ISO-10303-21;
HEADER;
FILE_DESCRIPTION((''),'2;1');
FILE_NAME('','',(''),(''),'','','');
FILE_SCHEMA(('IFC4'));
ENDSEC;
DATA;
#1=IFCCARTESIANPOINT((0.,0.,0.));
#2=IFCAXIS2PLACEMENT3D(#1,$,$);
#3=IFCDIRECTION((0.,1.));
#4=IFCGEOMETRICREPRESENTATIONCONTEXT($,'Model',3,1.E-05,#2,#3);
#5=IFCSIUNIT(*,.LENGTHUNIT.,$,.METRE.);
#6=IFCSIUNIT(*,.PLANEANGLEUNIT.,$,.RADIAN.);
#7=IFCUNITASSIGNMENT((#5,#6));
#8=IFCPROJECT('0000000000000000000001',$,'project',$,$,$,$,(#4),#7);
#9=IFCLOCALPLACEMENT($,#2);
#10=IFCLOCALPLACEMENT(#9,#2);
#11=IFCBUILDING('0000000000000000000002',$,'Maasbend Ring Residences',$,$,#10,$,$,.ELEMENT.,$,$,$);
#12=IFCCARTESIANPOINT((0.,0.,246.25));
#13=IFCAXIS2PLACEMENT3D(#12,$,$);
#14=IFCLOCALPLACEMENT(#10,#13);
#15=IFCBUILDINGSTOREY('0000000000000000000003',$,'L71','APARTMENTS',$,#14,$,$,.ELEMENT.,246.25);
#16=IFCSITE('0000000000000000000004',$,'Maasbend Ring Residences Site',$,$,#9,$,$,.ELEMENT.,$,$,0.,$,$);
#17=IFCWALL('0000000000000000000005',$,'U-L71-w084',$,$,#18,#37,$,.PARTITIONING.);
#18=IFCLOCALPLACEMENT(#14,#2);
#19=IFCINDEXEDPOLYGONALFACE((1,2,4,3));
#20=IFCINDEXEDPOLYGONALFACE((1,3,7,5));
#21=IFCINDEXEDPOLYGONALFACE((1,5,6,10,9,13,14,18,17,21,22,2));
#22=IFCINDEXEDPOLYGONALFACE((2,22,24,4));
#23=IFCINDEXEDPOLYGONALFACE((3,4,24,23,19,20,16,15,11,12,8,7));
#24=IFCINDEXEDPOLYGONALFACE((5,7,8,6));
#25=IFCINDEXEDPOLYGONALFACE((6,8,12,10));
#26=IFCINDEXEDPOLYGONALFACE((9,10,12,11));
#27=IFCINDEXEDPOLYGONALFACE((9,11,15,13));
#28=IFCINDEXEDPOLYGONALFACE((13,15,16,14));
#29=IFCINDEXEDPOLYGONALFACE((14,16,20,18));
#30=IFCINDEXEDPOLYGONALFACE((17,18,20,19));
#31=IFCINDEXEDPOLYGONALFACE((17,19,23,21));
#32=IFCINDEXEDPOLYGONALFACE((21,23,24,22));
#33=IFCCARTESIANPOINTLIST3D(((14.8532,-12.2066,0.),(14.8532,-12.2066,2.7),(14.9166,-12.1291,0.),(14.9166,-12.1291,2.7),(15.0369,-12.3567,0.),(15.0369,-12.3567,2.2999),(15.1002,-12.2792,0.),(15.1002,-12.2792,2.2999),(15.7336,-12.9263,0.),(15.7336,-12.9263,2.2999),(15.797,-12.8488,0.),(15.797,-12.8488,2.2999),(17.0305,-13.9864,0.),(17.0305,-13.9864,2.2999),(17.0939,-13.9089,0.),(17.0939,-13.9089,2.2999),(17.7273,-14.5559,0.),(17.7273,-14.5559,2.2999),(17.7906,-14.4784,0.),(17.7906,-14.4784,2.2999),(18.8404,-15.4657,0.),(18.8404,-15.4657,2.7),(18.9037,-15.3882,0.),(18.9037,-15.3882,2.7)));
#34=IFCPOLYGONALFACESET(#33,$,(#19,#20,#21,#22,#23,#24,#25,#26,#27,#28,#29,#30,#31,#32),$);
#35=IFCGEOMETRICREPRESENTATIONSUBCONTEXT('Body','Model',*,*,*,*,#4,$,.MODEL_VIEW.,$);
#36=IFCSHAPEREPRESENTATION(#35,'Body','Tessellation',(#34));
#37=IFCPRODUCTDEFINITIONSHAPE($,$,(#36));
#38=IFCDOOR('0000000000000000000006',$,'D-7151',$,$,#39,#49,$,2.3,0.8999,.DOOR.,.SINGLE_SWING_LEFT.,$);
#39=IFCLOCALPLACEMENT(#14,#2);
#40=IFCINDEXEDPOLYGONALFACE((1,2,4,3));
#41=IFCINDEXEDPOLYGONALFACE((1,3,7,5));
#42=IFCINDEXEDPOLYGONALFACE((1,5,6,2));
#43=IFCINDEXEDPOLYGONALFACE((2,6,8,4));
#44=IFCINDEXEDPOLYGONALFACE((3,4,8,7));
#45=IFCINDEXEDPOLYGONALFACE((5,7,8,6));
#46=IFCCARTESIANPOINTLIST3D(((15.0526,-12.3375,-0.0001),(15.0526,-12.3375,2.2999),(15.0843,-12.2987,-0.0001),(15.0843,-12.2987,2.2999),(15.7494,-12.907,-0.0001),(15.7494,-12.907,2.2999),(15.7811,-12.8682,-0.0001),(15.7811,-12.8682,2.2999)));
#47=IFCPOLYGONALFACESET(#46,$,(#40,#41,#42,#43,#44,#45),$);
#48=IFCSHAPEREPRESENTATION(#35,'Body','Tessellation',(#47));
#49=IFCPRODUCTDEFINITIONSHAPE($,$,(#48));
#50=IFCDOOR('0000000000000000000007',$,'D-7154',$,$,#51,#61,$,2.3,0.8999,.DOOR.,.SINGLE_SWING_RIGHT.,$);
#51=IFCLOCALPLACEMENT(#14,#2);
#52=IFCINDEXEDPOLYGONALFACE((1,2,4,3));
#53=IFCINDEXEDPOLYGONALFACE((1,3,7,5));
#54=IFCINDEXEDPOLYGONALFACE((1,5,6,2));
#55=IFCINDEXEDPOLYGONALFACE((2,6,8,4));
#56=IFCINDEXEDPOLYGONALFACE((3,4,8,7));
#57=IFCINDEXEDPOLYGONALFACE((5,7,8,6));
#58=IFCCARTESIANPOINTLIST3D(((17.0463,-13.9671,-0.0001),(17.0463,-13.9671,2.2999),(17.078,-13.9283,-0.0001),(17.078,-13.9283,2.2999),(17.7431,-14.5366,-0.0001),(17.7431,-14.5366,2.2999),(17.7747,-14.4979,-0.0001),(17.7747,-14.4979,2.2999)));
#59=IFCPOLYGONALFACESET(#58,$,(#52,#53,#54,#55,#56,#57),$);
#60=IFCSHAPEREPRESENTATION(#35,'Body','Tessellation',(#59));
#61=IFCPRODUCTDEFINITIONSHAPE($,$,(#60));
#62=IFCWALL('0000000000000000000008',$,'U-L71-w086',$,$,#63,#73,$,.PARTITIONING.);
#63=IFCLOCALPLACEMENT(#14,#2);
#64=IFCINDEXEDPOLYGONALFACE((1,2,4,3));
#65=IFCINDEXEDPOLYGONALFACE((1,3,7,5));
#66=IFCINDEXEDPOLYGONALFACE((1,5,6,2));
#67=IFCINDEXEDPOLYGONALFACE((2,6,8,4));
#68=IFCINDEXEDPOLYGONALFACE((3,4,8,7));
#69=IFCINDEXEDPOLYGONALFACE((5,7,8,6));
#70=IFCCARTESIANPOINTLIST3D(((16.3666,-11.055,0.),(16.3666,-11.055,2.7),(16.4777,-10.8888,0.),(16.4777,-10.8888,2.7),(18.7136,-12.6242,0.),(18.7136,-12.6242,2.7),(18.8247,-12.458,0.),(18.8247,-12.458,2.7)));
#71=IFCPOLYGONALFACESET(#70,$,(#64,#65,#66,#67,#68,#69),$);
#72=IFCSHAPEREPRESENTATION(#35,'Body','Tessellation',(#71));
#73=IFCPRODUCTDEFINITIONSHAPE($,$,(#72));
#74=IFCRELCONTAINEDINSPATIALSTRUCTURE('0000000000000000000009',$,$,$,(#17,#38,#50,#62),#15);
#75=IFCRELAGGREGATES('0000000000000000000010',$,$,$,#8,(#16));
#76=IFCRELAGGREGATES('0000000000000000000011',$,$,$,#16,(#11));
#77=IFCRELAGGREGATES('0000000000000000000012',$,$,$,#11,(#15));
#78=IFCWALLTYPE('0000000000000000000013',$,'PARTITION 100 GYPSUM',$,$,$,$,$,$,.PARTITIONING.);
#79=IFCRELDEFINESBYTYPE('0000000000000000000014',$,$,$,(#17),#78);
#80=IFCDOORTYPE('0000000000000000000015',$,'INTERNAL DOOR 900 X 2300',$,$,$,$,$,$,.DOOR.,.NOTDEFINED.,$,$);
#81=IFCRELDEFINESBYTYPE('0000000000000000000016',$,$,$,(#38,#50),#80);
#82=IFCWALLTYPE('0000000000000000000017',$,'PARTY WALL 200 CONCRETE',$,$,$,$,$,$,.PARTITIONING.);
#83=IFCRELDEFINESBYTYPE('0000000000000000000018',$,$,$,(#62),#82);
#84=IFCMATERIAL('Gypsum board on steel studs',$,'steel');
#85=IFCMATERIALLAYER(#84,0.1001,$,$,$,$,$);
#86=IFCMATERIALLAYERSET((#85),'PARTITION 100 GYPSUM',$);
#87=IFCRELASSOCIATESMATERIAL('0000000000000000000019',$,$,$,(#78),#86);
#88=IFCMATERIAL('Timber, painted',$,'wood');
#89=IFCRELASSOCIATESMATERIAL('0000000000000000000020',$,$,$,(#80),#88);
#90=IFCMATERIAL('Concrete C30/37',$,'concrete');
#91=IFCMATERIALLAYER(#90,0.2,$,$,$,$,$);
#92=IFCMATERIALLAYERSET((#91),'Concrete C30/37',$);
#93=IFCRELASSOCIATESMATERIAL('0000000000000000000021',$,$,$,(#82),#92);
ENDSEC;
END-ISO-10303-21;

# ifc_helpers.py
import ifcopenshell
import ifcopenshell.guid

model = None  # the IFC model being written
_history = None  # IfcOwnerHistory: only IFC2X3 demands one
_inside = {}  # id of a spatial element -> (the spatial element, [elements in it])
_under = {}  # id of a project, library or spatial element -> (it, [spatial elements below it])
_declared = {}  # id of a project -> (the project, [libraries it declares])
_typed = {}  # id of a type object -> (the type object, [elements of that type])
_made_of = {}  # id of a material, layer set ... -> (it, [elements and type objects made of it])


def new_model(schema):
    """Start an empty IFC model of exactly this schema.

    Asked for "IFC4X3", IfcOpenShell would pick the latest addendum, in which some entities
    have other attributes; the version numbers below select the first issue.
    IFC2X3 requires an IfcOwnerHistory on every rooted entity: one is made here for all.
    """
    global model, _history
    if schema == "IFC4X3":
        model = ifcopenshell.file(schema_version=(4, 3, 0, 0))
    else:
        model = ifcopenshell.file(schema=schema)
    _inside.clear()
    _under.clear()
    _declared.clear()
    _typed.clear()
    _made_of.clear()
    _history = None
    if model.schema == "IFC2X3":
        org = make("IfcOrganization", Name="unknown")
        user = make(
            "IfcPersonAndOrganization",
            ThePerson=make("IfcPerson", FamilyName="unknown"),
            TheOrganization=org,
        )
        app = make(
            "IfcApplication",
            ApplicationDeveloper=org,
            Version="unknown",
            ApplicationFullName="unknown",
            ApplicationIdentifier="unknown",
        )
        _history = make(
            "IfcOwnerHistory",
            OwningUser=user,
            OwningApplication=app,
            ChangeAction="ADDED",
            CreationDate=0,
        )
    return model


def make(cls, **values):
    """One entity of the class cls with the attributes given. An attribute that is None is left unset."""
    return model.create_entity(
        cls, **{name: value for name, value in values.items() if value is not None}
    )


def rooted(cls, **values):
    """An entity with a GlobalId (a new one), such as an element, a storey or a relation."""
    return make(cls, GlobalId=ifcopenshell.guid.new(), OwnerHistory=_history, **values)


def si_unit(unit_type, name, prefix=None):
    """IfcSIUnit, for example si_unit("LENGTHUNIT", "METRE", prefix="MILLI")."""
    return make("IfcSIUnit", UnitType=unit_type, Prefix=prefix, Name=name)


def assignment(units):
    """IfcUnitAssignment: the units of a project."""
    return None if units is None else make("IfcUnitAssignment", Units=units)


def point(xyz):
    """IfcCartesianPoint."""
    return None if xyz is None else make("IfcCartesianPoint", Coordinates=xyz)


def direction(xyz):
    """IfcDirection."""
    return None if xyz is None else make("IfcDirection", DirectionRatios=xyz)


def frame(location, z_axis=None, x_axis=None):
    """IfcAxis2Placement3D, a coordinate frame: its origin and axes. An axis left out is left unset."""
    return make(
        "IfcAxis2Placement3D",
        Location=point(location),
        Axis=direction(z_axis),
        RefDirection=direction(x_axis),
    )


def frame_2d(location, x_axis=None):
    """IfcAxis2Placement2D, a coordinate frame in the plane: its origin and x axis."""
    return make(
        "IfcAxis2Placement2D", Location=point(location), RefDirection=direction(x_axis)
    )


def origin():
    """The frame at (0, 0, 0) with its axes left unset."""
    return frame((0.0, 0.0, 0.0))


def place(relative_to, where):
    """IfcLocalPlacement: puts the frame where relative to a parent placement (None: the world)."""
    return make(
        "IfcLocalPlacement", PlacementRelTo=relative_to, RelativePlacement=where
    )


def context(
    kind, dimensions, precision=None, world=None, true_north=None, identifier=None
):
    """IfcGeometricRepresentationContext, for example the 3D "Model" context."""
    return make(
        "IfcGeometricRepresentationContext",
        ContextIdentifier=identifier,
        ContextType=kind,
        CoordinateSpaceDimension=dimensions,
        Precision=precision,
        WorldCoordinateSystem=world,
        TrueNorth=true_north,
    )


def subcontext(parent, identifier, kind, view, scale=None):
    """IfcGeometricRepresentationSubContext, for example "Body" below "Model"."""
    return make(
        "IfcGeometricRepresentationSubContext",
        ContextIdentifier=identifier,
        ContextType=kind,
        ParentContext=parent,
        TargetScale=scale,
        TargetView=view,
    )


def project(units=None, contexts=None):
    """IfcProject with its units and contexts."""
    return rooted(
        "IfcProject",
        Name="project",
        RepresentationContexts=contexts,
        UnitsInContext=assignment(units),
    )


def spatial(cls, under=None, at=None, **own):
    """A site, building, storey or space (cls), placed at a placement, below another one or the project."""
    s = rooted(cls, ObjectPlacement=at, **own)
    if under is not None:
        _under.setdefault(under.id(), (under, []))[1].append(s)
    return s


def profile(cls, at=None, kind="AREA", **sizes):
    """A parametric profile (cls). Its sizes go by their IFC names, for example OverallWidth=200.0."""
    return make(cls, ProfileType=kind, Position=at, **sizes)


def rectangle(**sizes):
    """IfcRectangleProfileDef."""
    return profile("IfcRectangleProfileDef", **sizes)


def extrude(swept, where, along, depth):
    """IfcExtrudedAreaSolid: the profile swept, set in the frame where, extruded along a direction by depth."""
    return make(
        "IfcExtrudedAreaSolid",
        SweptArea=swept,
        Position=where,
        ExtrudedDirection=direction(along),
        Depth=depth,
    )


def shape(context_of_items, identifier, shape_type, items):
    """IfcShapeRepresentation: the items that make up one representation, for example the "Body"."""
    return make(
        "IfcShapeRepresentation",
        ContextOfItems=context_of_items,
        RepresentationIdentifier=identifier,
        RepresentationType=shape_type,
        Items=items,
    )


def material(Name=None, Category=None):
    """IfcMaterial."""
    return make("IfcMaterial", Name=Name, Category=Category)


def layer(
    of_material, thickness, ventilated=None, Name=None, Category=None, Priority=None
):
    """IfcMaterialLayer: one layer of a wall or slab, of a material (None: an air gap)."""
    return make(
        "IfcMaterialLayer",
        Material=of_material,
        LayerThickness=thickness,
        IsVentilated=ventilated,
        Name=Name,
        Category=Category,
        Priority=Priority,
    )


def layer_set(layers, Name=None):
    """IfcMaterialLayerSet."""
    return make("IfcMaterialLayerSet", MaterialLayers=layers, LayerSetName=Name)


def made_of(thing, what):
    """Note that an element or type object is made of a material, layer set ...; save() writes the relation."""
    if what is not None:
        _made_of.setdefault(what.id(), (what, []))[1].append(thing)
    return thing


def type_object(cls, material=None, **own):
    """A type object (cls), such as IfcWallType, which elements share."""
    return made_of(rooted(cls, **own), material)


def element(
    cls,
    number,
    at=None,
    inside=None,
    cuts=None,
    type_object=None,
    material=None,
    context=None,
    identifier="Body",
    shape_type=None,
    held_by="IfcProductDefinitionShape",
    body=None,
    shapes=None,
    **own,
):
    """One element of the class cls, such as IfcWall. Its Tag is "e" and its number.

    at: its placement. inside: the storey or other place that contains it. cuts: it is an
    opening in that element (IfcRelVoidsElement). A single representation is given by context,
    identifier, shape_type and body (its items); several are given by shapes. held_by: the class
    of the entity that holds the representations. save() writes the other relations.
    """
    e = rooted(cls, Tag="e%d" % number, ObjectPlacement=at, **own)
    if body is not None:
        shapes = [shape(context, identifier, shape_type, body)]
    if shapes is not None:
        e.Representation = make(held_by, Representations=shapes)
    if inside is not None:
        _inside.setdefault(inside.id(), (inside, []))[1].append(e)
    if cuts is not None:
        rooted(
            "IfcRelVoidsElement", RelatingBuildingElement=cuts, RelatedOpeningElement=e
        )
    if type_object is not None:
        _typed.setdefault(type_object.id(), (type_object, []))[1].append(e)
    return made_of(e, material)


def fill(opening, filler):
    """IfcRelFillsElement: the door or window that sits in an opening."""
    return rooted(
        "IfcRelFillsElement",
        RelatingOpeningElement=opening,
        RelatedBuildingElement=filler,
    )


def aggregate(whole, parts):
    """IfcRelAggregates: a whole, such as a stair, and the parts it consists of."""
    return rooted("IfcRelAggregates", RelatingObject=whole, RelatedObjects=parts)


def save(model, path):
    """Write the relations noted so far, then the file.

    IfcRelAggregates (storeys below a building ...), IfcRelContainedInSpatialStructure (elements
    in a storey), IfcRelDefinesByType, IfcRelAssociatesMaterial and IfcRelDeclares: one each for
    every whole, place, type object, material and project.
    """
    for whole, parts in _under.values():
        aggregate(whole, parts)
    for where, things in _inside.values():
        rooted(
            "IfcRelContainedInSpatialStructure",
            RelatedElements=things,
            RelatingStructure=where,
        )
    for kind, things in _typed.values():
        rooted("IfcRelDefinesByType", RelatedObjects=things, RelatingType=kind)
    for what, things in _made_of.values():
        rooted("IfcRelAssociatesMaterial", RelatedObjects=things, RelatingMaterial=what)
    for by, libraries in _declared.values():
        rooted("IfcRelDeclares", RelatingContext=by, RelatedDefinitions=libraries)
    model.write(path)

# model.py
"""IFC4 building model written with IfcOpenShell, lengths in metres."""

from ifc_helpers import new_model, si_unit, direction, frame, frame_2d, origin, place, context, subcontext, project, spatial, rectangle, extrude, material, layer, layer_set, type_object, element, fill, save


model = new_model("IFC4")

# Units and contexts
model_context = context("Model", 3, precision=1e-05, world=origin(), true_north=direction((0.0, 1.0)))
body_context = subcontext(model_context, "Body", "Model", "MODEL_VIEW")
ifc_project = project(units=[si_unit("LENGTHUNIT", "METRE"), si_unit("PLANEANGLEUNIT", "RADIAN")], contexts=[model_context])

# Site, building, storey
site_placement = place(None, origin())
site = spatial("IfcSite", under=ifc_project, at=site_placement, Name="Maasbend Ring Residences Site", CompositionType="ELEMENT", RefElevation=0.0)
building_placement = place(site_placement, origin())
building = spatial("IfcBuilding", under=site, at=building_placement, Name="Maasbend Ring Residences", CompositionType="ELEMENT")
storey_placement = place(building_placement, frame((0.0, 0.0, 246.25)))
storey = spatial("IfcBuildingStorey", under=building, at=storey_placement, Name="L71", Description="APARTMENTS", CompositionType="ELEMENT", Elevation=246.25)

# Shared definitions
ifc_material_1 = material(Name="Gypsum board on steel studs", Category="steel")
ifc_layer_1 = layer(ifc_material_1, 0.1001)
ifc_layer_set_1 = layer_set([ifc_layer_1], Name="PARTITION 100 GYPSUM")
wall_type_1 = type_object("IfcWallType", Name="PARTITION 100 GYPSUM", PredefinedType="PARTITIONING", material=ifc_layer_set_1)
ifc_material_2 = material(Name="Timber, painted", Category="wood")
door_type = type_object("IfcDoorType", Name="INTERNAL DOOR 900 X 2300", OperationType="NOTDEFINED", PredefinedType="DOOR", material=ifc_material_2)

# Wall, openings, doors
wall_1_placement = place(storey_placement, frame((14.885, -12.168, 0.0), z_axis=(0.0, 0.0, 1.0), x_axis=(0.774253, -0.632876, 0.0)))
wall_1 = element("IfcWall", 1, at=wall_1_placement, inside=storey, type_object=wall_type_1, Name="U-L71-w084", PredefinedType="PARTITIONING", context=body_context, shape_type="SweptSolid", body=[
    extrude(rectangle(XDim=5.1497, YDim=0.1001, at=frame_2d((2.5747, 0.0))), origin(), (0.0, 0.0, 1.0), 2.7),
])
opening_1_placement = place(wall_1_placement, frame((0.2371, 0.0, 0.0)))
opening_1 = element("IfcOpeningElement", 2, at=opening_1_placement, cuts=wall_1, PredefinedType="OPENING", context=body_context, shape_type="SweptSolid", body=[
    extrude(rectangle(XDim=0.8999, YDim=2.3, at=frame_2d((0.45, 1.1499))), frame((0.0, 0.0601, 0.0), z_axis=(0.0, -1.0, 0.0), x_axis=(1.0, 0.0, 0.0)), (0.0, 0.0, 1.0), 0.1201),
])
opening_2_placement = place(wall_1_placement, frame((2.812, 0.0, 0.0)))
opening_2 = element("IfcOpeningElement", 3, at=opening_2_placement, cuts=wall_1, PredefinedType="OPENING", context=body_context, shape_type="SweptSolid", body=[
    extrude(rectangle(XDim=0.8999, YDim=2.3, at=frame_2d((0.45, 1.1499))), frame((0.0, 0.0601, 0.0), z_axis=(0.0, -1.0, 0.0), x_axis=(1.0, 0.0, 0.0)), (0.0, 0.0, 1.0), 0.1201),
])
door_1_placement = place(opening_1_placement, origin())
door_1 = element("IfcDoor", 4, at=door_1_placement, inside=storey, type_object=door_type, Name="D-7151", OperationType="SINGLE_SWING_LEFT", OverallHeight=2.3, OverallWidth=0.8999, PredefinedType="DOOR", context=body_context, shape_type="SweptSolid", body=[
    extrude(rectangle(XDim=0.8999, YDim=2.3, at=frame_2d((0.45, 1.1499))), frame((0.0, 0.0249, 0.0), z_axis=(0.0, -1.0, 0.0), x_axis=(1.0, 0.0, 0.0)), (0.0, 0.0, 1.0), 0.05),
])
fill(opening_1, door_1)
door_2_placement = place(opening_2_placement, origin())
door_2 = element("IfcDoor", 5, at=door_2_placement, inside=storey, type_object=door_type, Name="D-7154", OperationType="SINGLE_SWING_RIGHT", OverallHeight=2.3, OverallWidth=0.8999, PredefinedType="DOOR", context=body_context, shape_type="SweptSolid", body=[
    extrude(rectangle(XDim=0.8999, YDim=2.3, at=frame_2d((0.45, 1.1499))), frame((0.0, 0.0249, 0.0), z_axis=(0.0, -1.0, 0.0), x_axis=(1.0, 0.0, 0.0)), (0.0, 0.0, 1.0), 0.05),
])
fill(opening_2, door_2)

# Wall
ifc_material_3 = material(Name="Concrete C30/37", Category="concrete")
ifc_layer_2 = layer(ifc_material_3, 0.2)
ifc_layer_set_2 = layer_set([ifc_layer_2], Name="Concrete C30/37")
wall_type_2 = type_object("IfcWallType", Name="PARTY WALL 200 CONCRETE", PredefinedType="PARTITIONING", material=ifc_layer_set_2)
wall_2_placement = place(storey_placement, frame((16.4221, -10.9719, 0.0), z_axis=(0.0, 0.0, 1.0), x_axis=(0.831318, -0.555797, 0.0)))
element("IfcWall", 6, at=wall_2_placement, inside=storey, type_object=wall_type_2, Name="U-L71-w086", PredefinedType="PARTITIONING", context=body_context, shape_type="SweptSolid", body=[
    extrude(rectangle(XDim=2.8232, YDim=0.2, at=frame_2d((1.4116, 0.0))), origin(), (0.0, 0.0, 1.0), 2.7),
])

save(model, "model.ifc")
